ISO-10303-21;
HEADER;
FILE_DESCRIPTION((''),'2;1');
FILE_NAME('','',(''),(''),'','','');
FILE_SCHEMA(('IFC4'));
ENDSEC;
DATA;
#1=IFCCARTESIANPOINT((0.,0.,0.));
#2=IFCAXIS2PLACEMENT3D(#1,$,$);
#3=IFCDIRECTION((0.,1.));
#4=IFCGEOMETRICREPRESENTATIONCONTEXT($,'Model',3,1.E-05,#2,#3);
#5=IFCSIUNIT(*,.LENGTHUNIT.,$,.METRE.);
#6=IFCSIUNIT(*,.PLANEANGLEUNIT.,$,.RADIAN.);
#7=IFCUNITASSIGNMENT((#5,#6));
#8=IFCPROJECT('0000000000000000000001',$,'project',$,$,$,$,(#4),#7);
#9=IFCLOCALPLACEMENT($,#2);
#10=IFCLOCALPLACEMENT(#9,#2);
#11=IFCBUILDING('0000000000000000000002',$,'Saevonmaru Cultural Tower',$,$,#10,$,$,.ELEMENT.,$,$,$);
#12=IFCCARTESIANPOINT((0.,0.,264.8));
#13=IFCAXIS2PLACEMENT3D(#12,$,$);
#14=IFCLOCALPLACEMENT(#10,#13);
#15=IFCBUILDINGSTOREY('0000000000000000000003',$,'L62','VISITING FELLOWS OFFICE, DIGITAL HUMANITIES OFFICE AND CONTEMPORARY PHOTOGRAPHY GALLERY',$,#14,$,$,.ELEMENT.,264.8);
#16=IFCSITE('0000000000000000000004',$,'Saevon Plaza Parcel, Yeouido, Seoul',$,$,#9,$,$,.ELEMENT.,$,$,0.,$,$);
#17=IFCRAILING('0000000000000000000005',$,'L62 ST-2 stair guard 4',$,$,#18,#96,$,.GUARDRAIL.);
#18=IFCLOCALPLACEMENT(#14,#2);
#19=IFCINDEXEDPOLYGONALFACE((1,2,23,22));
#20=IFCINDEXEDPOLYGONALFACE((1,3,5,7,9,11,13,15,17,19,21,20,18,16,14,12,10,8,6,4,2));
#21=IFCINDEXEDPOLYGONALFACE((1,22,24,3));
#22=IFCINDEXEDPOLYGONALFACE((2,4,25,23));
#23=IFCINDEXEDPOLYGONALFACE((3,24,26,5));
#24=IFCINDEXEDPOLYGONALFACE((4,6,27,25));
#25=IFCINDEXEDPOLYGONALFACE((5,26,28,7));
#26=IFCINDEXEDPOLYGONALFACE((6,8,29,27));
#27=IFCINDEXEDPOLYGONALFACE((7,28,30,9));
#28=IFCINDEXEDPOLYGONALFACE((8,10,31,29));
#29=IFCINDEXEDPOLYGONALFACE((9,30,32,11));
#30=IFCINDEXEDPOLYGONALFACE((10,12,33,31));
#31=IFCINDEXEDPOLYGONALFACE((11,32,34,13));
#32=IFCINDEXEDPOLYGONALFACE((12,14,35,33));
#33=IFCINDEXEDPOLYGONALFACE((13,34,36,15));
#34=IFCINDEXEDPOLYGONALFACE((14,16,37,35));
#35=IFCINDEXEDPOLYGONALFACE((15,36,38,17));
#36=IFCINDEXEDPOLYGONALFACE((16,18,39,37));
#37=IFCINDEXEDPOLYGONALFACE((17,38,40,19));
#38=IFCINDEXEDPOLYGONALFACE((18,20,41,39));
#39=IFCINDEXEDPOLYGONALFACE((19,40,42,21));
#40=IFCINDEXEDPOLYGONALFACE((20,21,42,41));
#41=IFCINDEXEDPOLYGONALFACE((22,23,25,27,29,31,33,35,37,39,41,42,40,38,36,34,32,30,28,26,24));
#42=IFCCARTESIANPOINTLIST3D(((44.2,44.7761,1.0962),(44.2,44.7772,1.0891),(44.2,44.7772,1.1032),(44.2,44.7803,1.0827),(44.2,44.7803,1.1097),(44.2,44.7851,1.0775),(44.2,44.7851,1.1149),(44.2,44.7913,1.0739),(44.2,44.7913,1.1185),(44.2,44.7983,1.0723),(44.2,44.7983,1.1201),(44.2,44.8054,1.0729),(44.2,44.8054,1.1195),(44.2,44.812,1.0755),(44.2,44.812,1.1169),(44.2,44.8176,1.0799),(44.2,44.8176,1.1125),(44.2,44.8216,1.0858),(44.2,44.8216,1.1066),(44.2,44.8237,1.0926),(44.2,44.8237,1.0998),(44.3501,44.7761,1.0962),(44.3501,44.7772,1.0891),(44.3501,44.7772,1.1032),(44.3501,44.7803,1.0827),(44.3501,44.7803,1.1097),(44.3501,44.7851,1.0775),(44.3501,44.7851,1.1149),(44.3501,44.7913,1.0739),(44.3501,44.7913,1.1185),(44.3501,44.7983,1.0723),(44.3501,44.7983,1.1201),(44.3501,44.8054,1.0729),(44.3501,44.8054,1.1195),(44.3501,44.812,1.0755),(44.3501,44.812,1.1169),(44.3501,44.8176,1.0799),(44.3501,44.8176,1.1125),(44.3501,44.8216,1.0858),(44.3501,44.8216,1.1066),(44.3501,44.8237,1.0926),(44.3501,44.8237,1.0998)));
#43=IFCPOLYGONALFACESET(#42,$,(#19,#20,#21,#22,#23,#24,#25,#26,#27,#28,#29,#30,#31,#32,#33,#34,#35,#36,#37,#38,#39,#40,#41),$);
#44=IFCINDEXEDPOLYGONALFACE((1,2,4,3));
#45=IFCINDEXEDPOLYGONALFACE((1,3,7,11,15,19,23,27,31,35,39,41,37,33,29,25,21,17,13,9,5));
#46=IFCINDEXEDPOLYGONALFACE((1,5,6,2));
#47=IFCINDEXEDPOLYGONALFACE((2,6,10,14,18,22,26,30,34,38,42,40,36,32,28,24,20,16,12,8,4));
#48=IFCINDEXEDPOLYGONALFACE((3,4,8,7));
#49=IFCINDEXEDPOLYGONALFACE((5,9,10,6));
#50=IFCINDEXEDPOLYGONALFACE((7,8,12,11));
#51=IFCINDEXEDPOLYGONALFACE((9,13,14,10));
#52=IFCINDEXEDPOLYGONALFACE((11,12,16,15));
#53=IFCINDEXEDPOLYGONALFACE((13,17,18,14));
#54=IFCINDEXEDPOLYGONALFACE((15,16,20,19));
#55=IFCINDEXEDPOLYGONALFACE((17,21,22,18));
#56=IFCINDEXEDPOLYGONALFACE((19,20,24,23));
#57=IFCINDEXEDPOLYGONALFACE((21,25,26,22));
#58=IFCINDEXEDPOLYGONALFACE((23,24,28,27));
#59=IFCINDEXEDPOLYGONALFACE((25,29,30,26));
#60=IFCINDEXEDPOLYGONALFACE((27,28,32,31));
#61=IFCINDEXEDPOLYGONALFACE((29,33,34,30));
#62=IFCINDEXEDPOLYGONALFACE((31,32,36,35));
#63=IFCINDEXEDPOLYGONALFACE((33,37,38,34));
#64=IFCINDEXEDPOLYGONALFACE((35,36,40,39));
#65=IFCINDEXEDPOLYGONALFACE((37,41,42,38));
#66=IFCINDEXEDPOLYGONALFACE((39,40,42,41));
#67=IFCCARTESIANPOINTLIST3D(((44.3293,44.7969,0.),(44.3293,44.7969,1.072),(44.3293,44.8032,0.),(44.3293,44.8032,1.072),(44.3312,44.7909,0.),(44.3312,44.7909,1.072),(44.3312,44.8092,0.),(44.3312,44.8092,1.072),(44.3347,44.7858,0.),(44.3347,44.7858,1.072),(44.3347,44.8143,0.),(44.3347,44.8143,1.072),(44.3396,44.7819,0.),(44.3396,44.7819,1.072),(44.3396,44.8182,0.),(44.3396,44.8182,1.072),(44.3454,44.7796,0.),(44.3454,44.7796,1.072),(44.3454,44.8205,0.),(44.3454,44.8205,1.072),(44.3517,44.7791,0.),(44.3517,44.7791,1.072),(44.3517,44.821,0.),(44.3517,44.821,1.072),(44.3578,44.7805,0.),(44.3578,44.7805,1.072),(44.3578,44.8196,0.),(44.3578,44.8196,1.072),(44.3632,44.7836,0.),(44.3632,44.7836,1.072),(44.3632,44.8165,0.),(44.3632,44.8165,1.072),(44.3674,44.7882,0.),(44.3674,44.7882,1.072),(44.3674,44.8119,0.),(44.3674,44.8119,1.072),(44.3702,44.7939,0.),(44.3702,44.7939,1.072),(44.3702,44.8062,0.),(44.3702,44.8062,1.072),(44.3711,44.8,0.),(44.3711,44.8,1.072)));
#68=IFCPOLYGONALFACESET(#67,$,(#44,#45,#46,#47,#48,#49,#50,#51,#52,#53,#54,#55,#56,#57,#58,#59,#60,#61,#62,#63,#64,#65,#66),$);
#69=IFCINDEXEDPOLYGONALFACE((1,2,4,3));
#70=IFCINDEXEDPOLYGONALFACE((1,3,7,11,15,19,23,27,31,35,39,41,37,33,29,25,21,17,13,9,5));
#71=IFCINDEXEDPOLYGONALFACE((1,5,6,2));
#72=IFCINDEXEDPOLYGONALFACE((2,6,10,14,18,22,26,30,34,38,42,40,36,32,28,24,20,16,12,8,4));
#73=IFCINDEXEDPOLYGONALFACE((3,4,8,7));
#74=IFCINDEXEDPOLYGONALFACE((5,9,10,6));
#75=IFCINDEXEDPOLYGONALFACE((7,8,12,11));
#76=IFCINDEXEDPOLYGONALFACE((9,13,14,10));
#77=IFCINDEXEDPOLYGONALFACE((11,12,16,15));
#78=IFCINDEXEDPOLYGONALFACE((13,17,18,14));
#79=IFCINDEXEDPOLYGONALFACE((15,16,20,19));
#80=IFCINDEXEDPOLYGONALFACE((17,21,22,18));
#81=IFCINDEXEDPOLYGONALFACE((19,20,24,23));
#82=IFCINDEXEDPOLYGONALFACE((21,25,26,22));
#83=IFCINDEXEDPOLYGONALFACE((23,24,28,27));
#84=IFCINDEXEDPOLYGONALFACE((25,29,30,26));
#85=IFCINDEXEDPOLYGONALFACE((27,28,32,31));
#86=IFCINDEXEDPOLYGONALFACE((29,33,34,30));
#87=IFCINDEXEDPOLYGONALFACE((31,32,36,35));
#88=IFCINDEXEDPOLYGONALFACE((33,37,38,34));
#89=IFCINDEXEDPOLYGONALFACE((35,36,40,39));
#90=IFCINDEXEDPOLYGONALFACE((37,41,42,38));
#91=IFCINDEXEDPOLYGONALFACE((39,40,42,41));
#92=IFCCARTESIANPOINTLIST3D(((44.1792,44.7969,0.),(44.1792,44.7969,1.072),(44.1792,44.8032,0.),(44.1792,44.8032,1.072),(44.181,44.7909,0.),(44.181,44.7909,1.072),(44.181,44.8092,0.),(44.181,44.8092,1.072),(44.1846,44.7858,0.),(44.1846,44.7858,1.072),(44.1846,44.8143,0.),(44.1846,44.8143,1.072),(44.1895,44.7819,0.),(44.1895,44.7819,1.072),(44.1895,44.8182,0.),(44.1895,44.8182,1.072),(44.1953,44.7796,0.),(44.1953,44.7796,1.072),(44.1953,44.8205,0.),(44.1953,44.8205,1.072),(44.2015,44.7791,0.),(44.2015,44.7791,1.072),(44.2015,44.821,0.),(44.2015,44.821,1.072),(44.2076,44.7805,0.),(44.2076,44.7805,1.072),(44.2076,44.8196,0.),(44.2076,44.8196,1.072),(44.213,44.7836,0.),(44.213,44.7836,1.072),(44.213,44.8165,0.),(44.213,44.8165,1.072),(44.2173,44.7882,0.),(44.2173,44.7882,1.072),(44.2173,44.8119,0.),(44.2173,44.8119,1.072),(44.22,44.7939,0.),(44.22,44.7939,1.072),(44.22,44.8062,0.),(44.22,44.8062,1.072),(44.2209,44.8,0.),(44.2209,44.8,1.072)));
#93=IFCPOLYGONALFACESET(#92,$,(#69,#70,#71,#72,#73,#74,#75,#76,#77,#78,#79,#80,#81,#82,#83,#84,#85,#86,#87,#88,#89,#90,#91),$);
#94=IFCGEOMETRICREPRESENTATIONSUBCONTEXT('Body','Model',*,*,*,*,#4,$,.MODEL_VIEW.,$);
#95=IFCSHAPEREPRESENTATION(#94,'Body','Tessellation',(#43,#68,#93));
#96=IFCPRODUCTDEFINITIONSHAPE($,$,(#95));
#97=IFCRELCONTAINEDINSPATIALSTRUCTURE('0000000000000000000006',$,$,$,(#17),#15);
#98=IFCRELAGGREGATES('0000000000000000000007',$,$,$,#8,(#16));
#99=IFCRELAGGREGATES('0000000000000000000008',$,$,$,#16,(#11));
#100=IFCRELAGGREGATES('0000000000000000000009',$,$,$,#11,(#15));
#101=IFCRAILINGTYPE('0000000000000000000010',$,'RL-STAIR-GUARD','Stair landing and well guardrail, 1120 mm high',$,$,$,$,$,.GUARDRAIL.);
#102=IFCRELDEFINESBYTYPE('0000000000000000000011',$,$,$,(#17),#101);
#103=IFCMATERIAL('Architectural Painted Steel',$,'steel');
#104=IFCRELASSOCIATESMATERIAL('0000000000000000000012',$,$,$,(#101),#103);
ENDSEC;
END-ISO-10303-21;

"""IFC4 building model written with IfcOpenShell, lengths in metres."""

from ifc_helpers import new_model, si_unit, direction, frame, origin, origin_2d, place, context, subcontext, project, spatial, circle, extrude, material, type_object, element, save


model = new_model("IFC4")

# Units and contexts
model_context = context("Model", 3, precision=1e-05, world=origin(), true_north=direction((0.0, 1.0)))
body_context = subcontext(model_context, "Body", "Model", "MODEL_VIEW")
ifc_project = project(units=[si_unit("LENGTHUNIT", "METRE"), si_unit("PLANEANGLEUNIT", "RADIAN")], contexts=[model_context])

# Site, building, storey
site_placement = place(None, origin())
site = spatial("IfcSite", under=ifc_project, at=site_placement, Name="Saevon Plaza Parcel, Yeouido, Seoul", CompositionType="ELEMENT", RefElevation=0.0)
building_placement = place(site_placement, origin())
building = spatial("IfcBuilding", under=site, at=building_placement, Name="Saevonmaru Cultural Tower", CompositionType="ELEMENT")
storey_placement = place(building_placement, frame((0.0, 0.0, 264.8)))
storey = spatial("IfcBuildingStorey", under=building, at=storey_placement, Name="L62", Description="VISITING FELLOWS OFFICE, DIGITAL HUMANITIES OFFICE AND CONTEMPORARY PHOTOGRAPHY GALLERY", CompositionType="ELEMENT", Elevation=264.8)

# Railing
ifc_material_1 = material(Name="Architectural Painted Steel", Category="steel")
railing_type_1 = type_object("IfcRailingType", Name="RL-STAIR-GUARD", Description="Stair landing and well guardrail, 1120 mm high", PredefinedType="GUARDRAIL", material=ifc_material_1)
railing_1_placement = place(storey_placement, frame((44.3501, 44.8, 0.0)))
element("IfcRailing", 1, at=railing_1_placement, inside=storey, type_object=railing_type_1, Name="L62 ST-2 stair guard 4", PredefinedType="GUARDRAIL", context=body_context, shape_type="SweptSolid", body=[
    extrude(circle(Radius=0.0239, at=origin_2d()), frame((0.0, 0.0, 1.0962), z_axis=(-1.0, 0.0, 0.0), x_axis=(0.0, -1.0, 0.0)), (0.0, 0.0, 1.0), 0.1501),
    extrude(circle(Radius=0.021, at=origin_2d()), origin(), (0.0, 0.0, 1.0), 1.072),
    extrude(circle(Radius=0.021, at=origin_2d()), frame((-0.1501, 0.0, 0.0)), (0.0, 0.0, 1.0), 1.072),
])

save(model, "model.ifc")
